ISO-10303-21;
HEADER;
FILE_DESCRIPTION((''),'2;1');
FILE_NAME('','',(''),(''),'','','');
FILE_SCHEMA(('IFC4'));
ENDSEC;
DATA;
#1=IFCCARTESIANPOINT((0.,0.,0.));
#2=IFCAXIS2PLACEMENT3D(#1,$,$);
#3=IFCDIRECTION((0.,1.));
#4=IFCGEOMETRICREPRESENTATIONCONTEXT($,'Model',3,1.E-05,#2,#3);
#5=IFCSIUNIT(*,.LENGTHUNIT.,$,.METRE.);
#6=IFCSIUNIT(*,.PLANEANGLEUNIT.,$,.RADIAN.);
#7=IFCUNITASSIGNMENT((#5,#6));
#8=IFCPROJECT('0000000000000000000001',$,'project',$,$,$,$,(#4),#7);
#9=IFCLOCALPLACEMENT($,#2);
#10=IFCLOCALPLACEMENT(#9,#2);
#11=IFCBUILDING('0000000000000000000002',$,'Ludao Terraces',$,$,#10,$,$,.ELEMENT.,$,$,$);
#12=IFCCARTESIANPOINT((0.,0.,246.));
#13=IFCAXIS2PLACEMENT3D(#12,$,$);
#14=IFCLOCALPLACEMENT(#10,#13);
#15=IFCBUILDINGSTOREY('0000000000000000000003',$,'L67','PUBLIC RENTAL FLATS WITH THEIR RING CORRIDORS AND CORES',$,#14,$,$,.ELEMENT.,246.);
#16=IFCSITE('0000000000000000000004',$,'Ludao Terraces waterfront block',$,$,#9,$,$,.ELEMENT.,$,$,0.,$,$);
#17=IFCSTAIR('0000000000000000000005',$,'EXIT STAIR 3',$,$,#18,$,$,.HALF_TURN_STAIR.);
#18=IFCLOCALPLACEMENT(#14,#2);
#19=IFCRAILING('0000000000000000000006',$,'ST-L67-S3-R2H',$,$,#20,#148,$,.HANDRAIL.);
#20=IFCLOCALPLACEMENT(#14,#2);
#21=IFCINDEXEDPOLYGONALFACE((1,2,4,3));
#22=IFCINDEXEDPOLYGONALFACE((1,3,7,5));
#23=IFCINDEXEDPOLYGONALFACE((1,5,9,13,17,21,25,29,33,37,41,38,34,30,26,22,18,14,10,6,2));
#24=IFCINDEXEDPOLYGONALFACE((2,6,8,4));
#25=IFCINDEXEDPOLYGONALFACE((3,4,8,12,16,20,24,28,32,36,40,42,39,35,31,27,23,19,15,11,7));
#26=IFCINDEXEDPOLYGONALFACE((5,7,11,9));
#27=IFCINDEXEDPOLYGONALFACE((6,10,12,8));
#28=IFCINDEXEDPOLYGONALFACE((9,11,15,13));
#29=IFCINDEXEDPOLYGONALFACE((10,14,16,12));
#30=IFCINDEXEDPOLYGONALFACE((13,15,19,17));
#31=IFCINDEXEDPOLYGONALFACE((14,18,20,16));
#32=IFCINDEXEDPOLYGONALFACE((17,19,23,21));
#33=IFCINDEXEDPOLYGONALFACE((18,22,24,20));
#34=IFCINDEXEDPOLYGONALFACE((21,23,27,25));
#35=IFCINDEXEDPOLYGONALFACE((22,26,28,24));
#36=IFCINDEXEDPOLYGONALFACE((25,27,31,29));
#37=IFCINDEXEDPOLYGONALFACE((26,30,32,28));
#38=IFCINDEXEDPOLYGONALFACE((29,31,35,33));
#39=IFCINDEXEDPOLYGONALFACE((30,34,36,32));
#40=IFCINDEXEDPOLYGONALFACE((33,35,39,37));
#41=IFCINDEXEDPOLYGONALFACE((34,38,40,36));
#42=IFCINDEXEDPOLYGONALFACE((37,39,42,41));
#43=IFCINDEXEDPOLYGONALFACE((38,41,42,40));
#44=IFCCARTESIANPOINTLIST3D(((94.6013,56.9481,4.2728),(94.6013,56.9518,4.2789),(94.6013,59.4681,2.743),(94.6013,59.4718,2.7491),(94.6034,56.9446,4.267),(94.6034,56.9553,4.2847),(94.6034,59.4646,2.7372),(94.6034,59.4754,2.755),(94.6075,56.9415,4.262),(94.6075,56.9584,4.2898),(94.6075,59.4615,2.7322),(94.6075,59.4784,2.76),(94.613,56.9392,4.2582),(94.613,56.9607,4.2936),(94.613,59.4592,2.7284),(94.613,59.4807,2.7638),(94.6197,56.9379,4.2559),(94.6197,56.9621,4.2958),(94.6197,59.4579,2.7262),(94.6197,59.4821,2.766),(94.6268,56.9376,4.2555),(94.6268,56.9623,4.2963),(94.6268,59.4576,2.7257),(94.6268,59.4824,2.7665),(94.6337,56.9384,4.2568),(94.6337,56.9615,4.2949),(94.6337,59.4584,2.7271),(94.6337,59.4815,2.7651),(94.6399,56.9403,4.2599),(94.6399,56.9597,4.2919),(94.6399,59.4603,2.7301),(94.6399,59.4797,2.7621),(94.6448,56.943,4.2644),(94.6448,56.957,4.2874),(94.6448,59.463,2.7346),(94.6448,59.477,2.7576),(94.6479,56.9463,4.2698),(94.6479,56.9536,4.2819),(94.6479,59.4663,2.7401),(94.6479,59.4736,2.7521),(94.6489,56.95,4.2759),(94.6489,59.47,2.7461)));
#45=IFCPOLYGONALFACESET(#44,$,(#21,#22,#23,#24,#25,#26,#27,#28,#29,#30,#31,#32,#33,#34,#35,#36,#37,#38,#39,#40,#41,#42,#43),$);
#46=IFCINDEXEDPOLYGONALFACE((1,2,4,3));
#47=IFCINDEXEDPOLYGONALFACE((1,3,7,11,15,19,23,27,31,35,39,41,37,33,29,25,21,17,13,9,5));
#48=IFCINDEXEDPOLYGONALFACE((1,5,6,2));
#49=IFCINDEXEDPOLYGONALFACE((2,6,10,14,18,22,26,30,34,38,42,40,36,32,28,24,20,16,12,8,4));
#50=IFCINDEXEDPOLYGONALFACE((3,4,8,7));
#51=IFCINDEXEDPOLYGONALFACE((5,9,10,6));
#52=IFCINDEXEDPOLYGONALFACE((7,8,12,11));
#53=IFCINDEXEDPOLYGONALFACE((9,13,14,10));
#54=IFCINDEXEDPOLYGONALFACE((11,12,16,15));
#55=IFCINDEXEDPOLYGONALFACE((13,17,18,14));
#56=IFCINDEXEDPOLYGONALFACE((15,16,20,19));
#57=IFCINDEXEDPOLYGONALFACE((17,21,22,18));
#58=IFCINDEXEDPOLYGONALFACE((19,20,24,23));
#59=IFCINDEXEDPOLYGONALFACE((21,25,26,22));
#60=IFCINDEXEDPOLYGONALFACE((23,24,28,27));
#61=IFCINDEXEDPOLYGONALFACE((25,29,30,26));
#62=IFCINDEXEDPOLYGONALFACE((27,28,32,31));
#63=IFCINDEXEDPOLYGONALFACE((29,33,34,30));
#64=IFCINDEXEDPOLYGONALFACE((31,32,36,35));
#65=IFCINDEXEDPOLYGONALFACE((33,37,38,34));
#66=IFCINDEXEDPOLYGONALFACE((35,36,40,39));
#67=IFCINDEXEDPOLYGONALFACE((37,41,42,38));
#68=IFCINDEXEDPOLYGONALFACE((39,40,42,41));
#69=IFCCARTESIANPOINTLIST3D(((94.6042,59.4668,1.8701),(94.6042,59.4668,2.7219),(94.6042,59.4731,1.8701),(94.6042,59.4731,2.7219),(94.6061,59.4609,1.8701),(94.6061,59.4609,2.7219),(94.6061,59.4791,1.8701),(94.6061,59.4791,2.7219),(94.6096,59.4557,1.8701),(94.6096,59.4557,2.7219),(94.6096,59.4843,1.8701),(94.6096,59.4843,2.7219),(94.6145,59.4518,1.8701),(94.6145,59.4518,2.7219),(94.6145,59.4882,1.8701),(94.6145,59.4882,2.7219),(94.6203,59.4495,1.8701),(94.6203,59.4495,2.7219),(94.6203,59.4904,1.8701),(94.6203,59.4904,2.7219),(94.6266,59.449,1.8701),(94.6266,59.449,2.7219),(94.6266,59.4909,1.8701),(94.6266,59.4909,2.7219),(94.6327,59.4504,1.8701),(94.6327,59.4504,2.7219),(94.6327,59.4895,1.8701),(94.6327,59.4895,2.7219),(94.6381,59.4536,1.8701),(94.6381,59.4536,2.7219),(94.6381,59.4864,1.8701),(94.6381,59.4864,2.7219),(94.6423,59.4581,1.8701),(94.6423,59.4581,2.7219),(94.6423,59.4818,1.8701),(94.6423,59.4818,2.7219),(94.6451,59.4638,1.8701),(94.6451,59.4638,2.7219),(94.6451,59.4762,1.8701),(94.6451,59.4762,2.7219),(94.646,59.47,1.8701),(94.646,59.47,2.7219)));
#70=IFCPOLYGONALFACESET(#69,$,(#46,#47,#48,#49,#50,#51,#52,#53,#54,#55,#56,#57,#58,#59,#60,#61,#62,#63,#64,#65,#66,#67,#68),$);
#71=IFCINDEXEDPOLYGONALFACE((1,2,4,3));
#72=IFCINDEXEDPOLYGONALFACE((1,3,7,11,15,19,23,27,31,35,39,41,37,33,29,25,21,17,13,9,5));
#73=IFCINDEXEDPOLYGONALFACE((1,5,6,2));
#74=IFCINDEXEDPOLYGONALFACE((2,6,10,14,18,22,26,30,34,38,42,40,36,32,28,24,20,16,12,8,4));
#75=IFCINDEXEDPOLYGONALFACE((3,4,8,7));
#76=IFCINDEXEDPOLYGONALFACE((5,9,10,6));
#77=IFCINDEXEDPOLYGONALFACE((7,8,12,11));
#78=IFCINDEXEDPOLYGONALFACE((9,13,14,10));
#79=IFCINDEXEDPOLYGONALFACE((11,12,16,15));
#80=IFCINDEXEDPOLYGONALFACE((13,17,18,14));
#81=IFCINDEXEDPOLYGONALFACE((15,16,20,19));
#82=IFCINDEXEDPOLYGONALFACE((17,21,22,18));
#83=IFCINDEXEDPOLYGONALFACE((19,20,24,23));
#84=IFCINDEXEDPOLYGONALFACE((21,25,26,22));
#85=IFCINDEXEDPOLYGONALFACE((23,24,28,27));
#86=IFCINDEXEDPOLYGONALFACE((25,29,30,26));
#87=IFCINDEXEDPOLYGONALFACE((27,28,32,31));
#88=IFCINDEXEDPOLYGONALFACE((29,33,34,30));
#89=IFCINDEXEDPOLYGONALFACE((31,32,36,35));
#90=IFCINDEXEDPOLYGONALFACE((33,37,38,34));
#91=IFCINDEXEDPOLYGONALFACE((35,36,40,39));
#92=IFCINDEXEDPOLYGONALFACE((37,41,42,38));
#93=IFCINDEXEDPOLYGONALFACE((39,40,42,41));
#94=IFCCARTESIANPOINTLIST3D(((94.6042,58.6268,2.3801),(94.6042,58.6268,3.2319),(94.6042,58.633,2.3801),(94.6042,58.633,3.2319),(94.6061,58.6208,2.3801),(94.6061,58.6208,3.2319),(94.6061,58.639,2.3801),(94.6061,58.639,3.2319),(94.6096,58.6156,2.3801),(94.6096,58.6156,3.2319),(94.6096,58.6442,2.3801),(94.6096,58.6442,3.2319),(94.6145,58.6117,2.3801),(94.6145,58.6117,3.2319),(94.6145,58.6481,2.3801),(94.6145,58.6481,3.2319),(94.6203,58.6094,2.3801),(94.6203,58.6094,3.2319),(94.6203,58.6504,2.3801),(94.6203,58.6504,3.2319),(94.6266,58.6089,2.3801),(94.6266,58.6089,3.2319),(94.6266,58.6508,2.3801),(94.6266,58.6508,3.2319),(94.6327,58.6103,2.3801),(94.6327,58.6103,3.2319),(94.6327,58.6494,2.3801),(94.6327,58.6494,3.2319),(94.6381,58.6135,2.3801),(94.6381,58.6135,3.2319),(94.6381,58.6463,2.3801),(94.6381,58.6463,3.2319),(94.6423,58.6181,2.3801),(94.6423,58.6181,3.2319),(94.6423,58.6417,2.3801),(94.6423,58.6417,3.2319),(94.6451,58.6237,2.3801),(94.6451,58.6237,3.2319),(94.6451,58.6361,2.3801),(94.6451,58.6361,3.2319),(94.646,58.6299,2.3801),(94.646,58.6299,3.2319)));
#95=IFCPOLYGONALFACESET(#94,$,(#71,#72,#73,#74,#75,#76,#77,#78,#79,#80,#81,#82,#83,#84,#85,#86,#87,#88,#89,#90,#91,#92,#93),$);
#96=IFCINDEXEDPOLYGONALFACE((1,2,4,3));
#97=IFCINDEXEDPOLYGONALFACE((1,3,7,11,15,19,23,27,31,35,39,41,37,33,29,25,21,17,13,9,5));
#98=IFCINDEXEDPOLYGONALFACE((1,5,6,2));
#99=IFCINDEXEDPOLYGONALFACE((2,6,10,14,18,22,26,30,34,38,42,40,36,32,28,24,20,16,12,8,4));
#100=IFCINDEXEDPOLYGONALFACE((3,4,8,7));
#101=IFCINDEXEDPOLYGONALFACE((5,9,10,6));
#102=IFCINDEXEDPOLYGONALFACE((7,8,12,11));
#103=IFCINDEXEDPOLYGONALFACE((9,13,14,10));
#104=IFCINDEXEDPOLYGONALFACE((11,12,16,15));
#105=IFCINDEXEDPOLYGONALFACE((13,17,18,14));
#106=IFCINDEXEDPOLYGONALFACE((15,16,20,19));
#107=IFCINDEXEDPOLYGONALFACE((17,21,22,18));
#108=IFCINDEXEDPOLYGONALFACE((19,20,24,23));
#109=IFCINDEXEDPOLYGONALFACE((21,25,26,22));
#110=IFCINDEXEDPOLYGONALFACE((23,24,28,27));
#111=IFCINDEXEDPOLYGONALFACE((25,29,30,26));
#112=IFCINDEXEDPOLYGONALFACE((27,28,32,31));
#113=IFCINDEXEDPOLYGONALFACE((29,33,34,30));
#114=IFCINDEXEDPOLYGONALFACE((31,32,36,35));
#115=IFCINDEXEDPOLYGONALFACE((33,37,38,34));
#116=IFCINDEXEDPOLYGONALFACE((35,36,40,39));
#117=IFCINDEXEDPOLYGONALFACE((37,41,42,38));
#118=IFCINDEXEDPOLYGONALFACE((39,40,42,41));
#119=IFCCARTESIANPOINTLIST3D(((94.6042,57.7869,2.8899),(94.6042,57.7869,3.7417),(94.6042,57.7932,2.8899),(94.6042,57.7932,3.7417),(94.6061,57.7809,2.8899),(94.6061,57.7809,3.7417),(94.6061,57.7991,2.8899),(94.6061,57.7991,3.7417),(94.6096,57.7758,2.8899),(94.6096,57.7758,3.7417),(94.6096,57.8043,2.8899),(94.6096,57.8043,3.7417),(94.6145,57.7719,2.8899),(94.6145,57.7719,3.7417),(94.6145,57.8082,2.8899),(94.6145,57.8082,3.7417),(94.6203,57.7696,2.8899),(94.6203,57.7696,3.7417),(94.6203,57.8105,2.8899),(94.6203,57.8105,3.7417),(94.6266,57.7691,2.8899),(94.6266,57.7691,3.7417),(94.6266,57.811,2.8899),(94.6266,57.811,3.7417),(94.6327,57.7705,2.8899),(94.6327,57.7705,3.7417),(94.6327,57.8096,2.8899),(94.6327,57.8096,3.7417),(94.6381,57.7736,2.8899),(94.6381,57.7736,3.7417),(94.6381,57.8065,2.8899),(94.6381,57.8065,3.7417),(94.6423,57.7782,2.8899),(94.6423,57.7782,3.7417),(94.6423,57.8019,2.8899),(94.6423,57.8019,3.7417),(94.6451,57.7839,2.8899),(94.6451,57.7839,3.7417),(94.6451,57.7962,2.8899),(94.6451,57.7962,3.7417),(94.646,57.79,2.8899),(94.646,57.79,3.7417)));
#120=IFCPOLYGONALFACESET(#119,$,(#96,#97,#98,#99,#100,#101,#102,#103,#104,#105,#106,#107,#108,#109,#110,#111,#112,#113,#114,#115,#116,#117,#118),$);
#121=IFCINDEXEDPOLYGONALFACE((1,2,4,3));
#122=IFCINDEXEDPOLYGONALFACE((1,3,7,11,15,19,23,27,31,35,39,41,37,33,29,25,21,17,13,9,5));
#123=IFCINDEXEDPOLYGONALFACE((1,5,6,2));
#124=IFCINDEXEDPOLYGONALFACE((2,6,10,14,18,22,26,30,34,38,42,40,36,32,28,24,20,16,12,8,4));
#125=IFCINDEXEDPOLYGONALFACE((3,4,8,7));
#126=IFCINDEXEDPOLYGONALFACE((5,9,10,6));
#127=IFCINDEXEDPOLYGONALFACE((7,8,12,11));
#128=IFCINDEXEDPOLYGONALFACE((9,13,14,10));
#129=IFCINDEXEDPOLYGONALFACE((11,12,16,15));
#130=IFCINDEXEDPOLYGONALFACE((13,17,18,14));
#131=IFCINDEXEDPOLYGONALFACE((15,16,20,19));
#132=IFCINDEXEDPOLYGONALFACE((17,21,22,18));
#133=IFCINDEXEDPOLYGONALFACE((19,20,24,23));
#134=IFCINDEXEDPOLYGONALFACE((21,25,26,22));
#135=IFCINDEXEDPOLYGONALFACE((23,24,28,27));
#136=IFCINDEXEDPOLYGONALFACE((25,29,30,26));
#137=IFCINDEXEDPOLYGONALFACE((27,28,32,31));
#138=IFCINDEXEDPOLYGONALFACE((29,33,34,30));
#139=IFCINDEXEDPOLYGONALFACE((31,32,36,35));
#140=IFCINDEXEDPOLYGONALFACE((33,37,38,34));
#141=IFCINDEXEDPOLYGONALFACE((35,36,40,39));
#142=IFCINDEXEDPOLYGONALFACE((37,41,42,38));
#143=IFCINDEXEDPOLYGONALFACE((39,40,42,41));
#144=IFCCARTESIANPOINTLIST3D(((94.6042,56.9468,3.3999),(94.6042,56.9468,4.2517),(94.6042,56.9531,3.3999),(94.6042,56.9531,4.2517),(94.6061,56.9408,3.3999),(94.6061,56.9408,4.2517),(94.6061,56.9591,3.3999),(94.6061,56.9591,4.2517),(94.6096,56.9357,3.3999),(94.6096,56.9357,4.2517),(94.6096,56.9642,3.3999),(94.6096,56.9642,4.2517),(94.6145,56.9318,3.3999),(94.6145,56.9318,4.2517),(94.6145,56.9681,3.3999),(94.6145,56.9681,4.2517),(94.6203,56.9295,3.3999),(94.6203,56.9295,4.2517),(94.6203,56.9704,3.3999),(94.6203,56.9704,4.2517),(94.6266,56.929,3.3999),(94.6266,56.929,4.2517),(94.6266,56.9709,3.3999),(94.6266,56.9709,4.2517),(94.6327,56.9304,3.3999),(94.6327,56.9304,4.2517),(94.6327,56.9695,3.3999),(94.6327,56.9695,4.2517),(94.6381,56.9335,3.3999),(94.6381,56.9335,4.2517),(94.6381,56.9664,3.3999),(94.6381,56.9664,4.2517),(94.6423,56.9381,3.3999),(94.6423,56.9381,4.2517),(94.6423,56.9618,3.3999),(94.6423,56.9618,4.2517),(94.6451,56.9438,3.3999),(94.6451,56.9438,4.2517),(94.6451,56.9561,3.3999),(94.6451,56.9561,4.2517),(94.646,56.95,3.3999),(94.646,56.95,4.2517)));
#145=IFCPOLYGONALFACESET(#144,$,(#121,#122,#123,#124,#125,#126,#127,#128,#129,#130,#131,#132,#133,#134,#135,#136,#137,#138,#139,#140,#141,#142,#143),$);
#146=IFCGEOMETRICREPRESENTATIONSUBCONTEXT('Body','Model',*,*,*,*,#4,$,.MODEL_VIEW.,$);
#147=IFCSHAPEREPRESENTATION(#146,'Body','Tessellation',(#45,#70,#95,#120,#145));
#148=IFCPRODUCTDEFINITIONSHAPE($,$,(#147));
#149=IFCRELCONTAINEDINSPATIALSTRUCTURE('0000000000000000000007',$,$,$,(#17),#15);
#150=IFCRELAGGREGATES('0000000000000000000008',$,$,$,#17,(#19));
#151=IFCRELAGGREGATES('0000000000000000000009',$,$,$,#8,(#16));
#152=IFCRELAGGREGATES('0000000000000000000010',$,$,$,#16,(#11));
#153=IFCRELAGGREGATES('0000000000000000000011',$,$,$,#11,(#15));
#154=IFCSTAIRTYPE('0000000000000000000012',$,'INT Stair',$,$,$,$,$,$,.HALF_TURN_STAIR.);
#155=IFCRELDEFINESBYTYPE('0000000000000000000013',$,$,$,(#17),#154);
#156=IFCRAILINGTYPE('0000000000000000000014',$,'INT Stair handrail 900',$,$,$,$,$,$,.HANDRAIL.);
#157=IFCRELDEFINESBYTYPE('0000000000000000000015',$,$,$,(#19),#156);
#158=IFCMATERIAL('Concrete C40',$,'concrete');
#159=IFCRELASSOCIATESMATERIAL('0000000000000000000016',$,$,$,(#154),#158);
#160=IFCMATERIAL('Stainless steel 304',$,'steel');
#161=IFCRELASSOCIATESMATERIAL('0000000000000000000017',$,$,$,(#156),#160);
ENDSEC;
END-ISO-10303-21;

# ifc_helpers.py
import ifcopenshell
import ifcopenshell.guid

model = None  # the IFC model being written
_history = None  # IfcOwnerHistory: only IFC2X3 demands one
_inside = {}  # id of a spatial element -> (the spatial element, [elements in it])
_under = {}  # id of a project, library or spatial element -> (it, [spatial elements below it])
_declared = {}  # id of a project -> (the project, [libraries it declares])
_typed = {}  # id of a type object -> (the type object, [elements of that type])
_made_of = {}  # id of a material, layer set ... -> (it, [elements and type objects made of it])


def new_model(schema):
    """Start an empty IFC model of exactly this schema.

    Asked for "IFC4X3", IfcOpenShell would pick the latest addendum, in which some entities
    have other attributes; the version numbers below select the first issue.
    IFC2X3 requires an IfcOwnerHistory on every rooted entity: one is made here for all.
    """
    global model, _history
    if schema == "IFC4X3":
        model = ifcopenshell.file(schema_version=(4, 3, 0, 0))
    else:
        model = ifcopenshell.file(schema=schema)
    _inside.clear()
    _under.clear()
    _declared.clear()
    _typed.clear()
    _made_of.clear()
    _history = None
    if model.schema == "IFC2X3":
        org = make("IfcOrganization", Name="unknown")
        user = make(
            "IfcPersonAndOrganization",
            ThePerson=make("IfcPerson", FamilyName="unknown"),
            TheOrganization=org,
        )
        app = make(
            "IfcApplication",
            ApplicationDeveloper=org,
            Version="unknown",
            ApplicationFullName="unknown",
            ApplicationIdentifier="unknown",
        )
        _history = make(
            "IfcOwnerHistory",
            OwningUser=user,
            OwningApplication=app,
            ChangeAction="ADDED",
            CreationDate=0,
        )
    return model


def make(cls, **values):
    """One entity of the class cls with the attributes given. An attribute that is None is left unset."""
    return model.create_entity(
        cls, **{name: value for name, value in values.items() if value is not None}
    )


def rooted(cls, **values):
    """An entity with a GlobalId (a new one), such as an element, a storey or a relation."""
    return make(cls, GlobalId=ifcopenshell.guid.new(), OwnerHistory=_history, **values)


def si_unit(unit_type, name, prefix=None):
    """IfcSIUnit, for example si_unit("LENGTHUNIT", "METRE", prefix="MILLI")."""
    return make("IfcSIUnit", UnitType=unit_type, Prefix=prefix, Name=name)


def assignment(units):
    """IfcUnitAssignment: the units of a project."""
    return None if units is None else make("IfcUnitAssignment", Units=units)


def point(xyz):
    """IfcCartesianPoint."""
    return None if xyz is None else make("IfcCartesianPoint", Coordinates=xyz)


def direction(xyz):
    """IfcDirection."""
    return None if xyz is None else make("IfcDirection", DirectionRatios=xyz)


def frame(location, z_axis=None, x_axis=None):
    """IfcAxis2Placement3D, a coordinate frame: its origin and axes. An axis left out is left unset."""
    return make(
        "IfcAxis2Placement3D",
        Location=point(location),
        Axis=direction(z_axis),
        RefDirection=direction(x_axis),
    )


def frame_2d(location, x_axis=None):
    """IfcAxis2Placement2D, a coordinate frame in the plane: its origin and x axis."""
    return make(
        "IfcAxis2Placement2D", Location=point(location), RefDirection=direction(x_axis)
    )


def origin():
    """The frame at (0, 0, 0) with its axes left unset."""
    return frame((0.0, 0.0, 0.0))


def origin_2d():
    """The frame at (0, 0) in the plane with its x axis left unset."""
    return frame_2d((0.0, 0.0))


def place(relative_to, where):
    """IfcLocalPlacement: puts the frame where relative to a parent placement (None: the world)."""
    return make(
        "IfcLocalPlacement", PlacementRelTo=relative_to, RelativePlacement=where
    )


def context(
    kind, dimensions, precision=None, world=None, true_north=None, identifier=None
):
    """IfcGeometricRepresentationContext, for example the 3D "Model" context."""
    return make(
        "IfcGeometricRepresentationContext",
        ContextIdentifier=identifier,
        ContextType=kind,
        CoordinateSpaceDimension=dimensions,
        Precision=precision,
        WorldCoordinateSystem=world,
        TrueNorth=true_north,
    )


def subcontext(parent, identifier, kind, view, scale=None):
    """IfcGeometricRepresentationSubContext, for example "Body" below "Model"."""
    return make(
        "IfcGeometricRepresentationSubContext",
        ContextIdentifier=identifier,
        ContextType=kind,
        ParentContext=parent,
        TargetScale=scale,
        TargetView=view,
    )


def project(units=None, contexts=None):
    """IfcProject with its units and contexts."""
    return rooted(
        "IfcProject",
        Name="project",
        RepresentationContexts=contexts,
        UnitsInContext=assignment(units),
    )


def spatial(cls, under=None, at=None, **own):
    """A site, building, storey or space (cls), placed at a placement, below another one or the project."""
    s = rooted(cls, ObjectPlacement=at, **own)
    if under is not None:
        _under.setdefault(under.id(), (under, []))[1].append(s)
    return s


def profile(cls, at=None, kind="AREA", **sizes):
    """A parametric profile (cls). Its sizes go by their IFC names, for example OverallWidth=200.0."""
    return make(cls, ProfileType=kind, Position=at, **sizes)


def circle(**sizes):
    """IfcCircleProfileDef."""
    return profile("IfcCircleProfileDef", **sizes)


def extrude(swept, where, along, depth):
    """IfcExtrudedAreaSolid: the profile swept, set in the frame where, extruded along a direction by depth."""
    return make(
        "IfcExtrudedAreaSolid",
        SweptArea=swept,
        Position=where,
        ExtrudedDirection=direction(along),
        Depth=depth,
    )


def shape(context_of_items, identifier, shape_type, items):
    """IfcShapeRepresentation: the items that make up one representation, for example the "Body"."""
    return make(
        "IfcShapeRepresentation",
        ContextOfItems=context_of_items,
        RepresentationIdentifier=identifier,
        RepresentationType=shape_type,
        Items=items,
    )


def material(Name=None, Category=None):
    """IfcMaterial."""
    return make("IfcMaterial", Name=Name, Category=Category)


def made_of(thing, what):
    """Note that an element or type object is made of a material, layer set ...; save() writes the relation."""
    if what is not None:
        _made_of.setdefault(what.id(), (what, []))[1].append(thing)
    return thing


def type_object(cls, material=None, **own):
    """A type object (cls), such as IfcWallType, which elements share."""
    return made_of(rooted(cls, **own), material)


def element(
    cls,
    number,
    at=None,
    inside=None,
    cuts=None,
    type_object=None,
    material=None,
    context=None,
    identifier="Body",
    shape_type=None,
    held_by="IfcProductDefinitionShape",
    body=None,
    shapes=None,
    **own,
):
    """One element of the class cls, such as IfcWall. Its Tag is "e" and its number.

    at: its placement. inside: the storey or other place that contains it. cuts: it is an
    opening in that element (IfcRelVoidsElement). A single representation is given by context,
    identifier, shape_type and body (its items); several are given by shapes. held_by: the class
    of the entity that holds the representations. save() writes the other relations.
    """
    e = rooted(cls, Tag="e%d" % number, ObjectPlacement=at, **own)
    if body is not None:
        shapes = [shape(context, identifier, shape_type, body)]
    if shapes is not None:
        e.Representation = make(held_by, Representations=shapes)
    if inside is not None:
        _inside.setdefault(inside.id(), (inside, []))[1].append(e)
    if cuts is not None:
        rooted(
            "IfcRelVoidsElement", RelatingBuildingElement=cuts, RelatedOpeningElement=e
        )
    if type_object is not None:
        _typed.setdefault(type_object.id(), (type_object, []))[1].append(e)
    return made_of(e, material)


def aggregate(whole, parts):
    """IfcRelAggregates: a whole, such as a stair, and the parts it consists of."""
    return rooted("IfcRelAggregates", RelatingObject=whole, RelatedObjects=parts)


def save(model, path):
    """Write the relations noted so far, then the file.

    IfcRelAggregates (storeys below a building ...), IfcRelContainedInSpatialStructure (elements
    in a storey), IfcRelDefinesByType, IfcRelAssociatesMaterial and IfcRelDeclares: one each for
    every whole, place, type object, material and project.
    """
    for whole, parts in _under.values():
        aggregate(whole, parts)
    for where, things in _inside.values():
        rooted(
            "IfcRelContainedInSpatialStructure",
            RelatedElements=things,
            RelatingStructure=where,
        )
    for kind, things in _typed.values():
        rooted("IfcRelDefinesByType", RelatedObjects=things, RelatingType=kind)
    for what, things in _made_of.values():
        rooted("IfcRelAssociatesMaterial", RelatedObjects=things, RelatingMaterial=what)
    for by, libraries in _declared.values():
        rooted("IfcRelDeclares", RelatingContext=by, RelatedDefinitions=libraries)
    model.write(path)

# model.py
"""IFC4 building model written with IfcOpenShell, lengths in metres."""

from ifc_helpers import new_model, si_unit, direction, frame, origin, origin_2d, place, context, subcontext, project, spatial, circle, extrude, material, type_object, element, aggregate, save


model = new_model("IFC4")

# Units and contexts
model_context = context("Model", 3, precision=1e-05, world=origin(), true_north=direction((0.0, 1.0)))
body_context = subcontext(model_context, "Body", "Model", "MODEL_VIEW")
ifc_project = project(units=[si_unit("LENGTHUNIT", "METRE"), si_unit("PLANEANGLEUNIT", "RADIAN")], contexts=[model_context])

# Site, building, storey
site_placement = place(None, origin())
site = spatial("IfcSite", under=ifc_project, at=site_placement, Name="Ludao Terraces waterfront block", CompositionType="ELEMENT", RefElevation=0.0)
building_placement = place(site_placement, origin())
building = spatial("IfcBuilding", under=site, at=building_placement, Name="Ludao Terraces", CompositionType="ELEMENT")
storey_placement = place(building_placement, frame((0.0, 0.0, 246.0)))
storey = spatial("IfcBuildingStorey", under=building, at=storey_placement, Name="L67", Description="PUBLIC RENTAL FLATS WITH THEIR RING CORRIDORS AND CORES", CompositionType="ELEMENT", Elevation=246.0)

# Shared definitions
ifc_material_1 = material(Name="Concrete C40", Category="concrete")

# Stair, railing
stair_type = type_object("IfcStairType", Name="INT Stair", PredefinedType="HALF_TURN_STAIR", material=ifc_material_1)
stair_placement = place(storey_placement, origin())
stair = element("IfcStair", 1, at=stair_placement, inside=storey, type_object=stair_type, Name="EXIT STAIR 3", PredefinedType="HALF_TURN_STAIR")
ifc_material_2 = material(Name="Stainless steel 304", Category="steel")
railing_type_1 = type_object("IfcRailingType", Name="INT Stair handrail 900", PredefinedType="HANDRAIL", material=ifc_material_2)
railing_1_placement = place(storey_placement, frame((94.625, 59.47, 1.8701)))
railing_1 = element("IfcRailing", 2, at=railing_1_placement, type_object=railing_type_1, Name="ST-L67-S3-R2H", PredefinedType="HANDRAIL", context=body_context, shape_type="SweptSolid", body=[
    extrude(circle(Radius=0.0239, at=origin_2d()), frame((0.0, 0.0, 0.876), z_axis=(0.0, -0.854822, 0.518922), x_axis=(1.0, 0.0, 0.0)), (0.0, 0.0, 1.0), 2.948),
    extrude(circle(Radius=0.021, at=origin_2d()), origin(), (0.0, 0.0, 1.0), 0.8518),
    extrude(circle(Radius=0.021, at=origin_2d()), frame((0.0, -0.8401, 0.51)), (0.0, 0.0, 1.0), 0.8518),
    extrude(circle(Radius=0.021, at=origin_2d()), frame((0.0, -1.6799, 1.0198)), (0.0, 0.0, 1.0), 0.8518),
    extrude(circle(Radius=0.021, at=origin_2d()), frame((0.0, -2.52, 1.5298)), (0.0, 0.0, 1.0), 0.8518),
])
aggregate(stair, [railing_1])

save(model, "model.ifc")
